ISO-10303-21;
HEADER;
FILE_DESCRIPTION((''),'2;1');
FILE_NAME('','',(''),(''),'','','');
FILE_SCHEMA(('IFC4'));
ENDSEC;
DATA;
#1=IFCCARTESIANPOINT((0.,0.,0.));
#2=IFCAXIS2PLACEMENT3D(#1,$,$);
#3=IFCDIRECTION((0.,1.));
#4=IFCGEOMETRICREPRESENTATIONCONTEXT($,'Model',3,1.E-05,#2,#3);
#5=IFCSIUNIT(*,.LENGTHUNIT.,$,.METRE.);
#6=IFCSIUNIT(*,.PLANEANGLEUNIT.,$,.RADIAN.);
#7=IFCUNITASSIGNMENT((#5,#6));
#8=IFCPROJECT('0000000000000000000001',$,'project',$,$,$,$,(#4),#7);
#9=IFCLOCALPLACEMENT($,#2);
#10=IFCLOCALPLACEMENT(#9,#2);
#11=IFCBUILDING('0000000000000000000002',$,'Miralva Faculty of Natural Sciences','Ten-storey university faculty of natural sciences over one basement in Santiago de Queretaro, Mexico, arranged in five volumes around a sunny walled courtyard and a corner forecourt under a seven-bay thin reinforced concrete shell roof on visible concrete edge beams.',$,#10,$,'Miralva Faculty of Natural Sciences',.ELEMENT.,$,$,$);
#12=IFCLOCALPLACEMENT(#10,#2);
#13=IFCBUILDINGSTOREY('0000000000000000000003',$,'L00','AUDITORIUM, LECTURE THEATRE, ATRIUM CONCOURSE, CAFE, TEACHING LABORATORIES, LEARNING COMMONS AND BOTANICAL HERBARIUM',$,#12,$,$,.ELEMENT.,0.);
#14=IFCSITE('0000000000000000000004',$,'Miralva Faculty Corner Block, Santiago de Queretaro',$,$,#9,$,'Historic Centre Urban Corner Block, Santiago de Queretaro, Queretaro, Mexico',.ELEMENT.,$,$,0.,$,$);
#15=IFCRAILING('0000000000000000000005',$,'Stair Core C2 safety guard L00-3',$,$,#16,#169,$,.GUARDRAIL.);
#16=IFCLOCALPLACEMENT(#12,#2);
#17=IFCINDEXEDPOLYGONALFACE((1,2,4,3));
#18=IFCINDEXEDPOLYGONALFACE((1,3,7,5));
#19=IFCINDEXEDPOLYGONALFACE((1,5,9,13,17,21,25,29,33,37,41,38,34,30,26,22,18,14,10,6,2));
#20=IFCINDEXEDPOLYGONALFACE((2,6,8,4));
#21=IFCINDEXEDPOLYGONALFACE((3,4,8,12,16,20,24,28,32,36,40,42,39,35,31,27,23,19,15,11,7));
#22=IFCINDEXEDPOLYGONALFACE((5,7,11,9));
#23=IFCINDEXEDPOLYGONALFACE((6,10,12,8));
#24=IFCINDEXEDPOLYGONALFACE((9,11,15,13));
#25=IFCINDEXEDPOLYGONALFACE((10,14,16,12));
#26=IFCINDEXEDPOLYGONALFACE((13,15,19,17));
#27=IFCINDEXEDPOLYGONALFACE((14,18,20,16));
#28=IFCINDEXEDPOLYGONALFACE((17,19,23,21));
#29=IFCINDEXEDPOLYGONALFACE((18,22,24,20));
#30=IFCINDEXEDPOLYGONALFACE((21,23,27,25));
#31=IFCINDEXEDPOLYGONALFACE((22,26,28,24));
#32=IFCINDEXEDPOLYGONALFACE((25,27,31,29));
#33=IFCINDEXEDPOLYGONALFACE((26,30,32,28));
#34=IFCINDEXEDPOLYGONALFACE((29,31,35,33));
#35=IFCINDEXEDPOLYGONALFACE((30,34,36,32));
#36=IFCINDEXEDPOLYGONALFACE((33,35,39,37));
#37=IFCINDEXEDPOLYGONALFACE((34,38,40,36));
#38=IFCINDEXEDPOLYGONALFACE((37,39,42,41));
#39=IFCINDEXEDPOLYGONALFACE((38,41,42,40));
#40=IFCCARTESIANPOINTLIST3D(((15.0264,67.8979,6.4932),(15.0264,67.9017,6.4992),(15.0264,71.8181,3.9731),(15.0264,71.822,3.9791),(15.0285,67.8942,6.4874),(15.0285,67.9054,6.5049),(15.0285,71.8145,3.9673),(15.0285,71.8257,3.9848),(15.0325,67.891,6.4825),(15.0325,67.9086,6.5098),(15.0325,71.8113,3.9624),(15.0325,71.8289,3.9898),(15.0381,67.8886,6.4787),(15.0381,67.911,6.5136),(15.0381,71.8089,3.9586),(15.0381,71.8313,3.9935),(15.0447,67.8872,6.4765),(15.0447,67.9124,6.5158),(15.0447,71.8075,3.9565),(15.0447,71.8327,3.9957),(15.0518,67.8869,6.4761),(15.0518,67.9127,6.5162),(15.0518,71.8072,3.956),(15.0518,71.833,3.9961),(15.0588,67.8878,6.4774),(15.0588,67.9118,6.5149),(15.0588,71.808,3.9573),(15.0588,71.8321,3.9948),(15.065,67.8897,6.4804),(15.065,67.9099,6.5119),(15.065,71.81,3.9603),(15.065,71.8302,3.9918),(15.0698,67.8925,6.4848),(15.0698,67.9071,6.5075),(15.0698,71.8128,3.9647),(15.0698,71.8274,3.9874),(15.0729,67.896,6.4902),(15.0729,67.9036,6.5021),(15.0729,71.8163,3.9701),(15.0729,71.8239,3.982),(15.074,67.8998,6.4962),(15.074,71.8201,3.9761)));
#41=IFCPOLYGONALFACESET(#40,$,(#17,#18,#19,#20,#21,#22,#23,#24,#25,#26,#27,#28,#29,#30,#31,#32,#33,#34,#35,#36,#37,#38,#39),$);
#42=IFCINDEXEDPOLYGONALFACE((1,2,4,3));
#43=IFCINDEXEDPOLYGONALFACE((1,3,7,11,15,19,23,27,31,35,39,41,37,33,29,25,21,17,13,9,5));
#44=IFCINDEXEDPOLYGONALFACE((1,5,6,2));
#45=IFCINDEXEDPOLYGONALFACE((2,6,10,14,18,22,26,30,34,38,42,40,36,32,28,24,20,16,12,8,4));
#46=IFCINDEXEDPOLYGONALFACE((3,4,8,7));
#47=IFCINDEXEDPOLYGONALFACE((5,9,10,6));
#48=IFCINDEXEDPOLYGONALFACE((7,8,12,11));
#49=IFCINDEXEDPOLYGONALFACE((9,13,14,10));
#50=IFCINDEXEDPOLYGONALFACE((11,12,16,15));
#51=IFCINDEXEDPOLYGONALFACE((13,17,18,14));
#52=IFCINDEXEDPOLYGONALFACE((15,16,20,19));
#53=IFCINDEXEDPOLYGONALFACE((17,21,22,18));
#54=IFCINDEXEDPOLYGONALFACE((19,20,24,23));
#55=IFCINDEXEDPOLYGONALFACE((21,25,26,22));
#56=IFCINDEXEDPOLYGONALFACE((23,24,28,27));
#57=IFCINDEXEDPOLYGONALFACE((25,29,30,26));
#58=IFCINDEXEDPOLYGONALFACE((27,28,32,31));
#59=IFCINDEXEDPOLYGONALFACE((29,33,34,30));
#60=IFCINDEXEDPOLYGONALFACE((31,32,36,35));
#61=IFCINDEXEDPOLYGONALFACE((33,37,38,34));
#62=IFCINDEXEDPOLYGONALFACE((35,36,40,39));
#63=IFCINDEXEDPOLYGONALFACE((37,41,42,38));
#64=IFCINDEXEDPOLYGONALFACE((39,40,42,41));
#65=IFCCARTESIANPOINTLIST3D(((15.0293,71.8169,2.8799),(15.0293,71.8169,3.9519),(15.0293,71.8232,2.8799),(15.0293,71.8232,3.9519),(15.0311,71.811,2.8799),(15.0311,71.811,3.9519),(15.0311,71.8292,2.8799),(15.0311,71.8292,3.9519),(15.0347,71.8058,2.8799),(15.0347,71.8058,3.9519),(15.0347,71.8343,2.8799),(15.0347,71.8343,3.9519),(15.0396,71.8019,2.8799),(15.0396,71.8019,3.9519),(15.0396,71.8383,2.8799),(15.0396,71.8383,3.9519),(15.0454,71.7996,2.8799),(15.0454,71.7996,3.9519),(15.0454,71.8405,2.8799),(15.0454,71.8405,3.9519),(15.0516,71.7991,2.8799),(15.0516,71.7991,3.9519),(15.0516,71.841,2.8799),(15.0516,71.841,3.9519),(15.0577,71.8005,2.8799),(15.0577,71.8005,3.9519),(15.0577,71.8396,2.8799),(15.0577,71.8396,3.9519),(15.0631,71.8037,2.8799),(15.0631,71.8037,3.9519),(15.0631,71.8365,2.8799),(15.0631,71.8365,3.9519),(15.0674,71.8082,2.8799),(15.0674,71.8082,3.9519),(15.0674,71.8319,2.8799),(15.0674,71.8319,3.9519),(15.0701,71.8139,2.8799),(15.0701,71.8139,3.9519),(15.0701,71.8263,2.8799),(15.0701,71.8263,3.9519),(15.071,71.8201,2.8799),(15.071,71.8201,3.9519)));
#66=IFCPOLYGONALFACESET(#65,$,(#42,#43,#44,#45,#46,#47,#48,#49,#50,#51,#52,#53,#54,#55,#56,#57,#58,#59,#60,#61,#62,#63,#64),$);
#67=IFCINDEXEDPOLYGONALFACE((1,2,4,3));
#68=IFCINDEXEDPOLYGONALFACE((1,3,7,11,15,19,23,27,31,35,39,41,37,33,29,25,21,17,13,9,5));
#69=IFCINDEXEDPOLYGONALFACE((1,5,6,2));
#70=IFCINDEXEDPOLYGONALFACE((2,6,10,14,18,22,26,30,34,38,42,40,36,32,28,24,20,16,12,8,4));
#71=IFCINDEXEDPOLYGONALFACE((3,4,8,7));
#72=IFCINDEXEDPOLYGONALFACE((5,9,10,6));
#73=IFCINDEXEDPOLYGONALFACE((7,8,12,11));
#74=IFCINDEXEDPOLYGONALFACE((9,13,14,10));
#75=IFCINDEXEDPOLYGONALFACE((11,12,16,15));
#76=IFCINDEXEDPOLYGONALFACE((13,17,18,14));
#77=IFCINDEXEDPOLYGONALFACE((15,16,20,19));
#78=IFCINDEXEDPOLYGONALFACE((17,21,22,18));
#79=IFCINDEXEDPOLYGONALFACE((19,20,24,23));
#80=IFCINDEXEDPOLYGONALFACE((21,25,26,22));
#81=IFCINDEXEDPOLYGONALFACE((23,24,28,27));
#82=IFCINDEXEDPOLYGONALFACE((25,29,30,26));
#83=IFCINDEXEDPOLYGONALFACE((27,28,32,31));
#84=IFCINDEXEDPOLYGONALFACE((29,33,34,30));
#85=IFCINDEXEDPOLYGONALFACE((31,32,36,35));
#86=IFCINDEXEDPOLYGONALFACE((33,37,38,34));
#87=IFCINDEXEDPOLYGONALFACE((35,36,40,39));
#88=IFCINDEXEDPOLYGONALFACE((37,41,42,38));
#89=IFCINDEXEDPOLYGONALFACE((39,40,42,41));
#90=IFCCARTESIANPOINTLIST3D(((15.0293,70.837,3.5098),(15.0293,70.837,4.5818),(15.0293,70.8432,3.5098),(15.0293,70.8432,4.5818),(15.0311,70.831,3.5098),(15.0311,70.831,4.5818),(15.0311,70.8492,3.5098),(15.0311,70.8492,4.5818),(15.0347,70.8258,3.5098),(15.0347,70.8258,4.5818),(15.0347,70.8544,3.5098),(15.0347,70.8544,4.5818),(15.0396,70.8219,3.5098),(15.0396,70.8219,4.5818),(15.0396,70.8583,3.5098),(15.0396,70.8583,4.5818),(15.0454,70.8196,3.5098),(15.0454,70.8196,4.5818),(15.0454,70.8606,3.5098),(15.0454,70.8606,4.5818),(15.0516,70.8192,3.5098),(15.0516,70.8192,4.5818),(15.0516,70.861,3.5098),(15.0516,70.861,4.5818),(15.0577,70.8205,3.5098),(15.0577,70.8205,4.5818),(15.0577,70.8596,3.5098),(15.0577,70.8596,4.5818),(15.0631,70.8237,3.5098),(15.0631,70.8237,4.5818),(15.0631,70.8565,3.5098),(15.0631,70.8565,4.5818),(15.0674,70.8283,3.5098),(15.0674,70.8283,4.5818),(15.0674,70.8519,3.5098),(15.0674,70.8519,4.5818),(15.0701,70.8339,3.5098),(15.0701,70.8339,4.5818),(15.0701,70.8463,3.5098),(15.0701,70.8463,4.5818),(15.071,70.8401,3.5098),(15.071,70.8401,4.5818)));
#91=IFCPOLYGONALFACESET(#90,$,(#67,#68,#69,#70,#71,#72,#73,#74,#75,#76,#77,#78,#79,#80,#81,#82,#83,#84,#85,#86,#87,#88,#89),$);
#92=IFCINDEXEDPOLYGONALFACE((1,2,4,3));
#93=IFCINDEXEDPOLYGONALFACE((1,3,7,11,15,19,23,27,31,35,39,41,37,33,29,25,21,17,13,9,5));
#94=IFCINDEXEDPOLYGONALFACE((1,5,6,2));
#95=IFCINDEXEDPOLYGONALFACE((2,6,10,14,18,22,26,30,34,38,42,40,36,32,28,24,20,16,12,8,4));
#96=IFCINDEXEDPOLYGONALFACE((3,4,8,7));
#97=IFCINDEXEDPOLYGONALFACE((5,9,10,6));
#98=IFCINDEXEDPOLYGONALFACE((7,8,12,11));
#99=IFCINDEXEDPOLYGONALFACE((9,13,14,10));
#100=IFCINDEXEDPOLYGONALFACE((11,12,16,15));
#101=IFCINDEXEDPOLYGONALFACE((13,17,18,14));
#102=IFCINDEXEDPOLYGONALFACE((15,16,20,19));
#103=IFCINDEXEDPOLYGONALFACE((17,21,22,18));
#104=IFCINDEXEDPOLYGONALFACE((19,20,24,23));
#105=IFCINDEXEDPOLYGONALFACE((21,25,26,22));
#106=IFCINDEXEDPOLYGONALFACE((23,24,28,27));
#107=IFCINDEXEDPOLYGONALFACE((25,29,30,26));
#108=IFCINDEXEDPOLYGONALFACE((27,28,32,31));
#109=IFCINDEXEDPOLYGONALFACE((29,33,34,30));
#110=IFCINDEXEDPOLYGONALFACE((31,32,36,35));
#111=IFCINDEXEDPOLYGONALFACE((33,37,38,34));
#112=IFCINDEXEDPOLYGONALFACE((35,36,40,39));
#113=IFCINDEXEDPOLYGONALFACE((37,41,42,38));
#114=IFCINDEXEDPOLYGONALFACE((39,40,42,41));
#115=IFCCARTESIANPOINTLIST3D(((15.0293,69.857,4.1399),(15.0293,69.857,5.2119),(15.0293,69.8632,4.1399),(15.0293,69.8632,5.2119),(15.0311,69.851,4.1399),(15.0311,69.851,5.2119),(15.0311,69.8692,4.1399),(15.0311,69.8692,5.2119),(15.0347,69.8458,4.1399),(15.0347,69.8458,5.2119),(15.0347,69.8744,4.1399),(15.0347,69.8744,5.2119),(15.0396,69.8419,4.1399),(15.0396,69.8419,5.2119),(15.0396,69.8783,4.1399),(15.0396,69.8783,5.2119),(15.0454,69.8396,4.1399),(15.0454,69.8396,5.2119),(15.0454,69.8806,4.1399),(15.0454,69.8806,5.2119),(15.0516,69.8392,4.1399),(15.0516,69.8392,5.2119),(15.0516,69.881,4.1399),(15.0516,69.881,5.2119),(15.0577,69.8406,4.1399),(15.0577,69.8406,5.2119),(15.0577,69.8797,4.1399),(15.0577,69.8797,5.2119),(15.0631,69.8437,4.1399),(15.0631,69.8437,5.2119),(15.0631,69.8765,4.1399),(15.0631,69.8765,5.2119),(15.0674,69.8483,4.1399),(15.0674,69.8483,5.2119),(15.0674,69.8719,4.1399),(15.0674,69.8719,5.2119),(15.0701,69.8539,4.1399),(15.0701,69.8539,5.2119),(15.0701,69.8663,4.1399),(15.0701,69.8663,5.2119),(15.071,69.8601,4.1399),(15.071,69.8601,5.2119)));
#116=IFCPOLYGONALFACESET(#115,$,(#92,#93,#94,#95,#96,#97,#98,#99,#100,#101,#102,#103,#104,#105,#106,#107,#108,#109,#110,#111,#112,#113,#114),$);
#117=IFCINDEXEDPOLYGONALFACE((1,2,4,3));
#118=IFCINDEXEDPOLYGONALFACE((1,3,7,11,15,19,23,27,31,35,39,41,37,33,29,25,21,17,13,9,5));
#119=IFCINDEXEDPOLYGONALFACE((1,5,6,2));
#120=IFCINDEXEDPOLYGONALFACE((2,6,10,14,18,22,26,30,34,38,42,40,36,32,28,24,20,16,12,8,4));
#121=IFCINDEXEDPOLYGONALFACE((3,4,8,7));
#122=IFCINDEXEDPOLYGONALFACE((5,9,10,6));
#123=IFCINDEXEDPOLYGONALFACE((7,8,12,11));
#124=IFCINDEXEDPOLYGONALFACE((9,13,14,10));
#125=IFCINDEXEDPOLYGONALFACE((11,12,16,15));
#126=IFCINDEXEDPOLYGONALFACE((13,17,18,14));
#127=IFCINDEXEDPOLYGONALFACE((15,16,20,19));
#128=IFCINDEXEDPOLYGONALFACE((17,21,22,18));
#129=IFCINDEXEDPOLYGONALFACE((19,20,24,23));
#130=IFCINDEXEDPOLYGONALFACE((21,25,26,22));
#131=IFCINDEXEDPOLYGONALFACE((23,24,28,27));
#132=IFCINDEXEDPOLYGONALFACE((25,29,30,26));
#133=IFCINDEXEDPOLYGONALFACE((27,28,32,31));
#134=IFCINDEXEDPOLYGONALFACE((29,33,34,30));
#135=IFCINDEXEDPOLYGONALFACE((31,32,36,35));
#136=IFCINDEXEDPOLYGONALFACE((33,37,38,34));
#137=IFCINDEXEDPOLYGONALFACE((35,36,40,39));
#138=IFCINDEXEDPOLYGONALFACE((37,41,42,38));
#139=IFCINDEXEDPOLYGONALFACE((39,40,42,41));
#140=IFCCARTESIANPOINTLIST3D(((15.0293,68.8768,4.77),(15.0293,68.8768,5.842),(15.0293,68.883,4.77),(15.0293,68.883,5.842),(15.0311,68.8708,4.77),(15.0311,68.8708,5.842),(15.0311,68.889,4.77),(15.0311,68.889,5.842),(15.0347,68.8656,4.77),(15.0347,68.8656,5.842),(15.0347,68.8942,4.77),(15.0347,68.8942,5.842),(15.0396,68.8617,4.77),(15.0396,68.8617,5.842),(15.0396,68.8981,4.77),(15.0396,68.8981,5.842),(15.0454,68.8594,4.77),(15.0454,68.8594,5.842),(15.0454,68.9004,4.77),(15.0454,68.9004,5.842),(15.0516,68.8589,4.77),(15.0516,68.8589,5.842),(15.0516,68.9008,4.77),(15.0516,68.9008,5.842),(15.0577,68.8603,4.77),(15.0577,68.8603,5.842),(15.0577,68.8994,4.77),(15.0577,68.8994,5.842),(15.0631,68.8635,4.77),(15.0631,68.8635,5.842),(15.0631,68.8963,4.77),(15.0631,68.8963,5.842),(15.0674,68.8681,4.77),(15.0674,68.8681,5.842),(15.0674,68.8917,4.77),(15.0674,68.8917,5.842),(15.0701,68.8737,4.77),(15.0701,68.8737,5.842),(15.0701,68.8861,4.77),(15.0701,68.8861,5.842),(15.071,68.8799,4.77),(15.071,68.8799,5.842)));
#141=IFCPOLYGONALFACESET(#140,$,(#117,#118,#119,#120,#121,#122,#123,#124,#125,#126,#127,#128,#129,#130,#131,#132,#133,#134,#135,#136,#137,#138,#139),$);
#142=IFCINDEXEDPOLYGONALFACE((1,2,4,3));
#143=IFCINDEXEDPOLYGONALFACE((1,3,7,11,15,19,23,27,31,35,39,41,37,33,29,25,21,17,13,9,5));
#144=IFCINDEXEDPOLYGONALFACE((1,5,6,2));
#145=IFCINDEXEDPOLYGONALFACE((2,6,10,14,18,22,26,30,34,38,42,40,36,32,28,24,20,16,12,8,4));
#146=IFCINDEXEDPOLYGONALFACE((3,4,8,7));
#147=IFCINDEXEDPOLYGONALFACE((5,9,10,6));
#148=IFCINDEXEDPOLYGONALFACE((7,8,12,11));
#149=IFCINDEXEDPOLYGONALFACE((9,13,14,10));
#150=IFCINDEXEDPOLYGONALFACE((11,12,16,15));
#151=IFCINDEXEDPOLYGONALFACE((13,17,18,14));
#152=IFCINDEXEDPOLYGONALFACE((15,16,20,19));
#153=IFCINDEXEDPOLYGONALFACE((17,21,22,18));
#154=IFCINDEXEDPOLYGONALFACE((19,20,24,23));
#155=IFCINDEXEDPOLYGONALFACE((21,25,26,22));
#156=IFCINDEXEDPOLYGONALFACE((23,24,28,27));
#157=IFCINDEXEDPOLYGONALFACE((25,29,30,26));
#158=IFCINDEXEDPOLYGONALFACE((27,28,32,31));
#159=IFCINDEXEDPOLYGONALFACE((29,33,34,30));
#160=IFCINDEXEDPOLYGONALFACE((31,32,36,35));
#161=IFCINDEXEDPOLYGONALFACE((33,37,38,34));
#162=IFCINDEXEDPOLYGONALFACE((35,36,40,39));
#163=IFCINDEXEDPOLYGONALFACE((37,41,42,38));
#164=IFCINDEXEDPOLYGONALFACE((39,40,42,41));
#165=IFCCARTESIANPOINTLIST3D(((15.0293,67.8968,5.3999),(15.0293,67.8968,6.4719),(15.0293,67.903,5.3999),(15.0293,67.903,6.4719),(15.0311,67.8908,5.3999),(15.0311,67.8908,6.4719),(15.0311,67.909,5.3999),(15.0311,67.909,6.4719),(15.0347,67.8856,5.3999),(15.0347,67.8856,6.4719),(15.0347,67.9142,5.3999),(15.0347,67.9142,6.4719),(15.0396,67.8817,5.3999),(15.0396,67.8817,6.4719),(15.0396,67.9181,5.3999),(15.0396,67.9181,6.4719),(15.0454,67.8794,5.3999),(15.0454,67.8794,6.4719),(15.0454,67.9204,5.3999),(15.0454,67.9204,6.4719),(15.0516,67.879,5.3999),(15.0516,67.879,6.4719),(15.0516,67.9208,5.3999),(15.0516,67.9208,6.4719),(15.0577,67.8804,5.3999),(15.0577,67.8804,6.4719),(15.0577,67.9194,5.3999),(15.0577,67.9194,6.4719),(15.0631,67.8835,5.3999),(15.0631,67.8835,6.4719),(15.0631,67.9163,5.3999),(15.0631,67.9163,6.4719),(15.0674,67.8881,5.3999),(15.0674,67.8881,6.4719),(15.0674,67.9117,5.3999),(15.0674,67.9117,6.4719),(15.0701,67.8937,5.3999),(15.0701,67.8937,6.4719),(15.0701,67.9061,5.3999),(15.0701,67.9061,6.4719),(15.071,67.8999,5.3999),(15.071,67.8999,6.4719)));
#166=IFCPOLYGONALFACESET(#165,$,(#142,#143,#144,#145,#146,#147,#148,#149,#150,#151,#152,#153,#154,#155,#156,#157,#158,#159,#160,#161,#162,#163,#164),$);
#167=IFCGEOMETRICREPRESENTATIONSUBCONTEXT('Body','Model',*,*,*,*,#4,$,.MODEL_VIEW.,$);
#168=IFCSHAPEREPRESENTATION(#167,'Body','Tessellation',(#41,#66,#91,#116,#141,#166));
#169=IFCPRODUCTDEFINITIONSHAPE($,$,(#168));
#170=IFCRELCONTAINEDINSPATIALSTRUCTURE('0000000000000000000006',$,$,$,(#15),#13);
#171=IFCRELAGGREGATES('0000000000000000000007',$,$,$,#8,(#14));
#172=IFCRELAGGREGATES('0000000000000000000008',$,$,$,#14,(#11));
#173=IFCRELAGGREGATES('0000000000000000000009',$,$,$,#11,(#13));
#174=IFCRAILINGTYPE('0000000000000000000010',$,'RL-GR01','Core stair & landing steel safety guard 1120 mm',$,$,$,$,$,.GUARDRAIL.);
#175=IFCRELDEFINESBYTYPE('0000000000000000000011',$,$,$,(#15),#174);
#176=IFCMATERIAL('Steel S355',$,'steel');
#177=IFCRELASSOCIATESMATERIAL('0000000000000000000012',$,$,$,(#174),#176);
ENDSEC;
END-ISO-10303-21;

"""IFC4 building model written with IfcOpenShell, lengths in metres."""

from ifc_helpers import new_model, si_unit, direction, frame, origin, origin_2d, place, context, subcontext, project, spatial, circle, extrude, material, type_object, element, save


model = new_model("IFC4")

# Units and contexts
model_context = context("Model", 3, precision=1e-05, world=origin(), true_north=direction((0.0, 1.0)))
body_context = subcontext(model_context, "Body", "Model", "MODEL_VIEW")
ifc_project = project(units=[si_unit("LENGTHUNIT", "METRE"), si_unit("PLANEANGLEUNIT", "RADIAN")], contexts=[model_context])

# Site, building, storey
site_placement = place(None, origin())
site = spatial("IfcSite", under=ifc_project, at=site_placement, Name="Miralva Faculty Corner Block, Santiago de Queretaro", LongName="Historic Centre Urban Corner Block, Santiago de Queretaro, Queretaro, Mexico", CompositionType="ELEMENT", RefElevation=0.0)
building_placement = place(site_placement, origin())
building = spatial("IfcBuilding", under=site, at=building_placement, Name="Miralva Faculty of Natural Sciences", Description="Ten-storey university faculty of natural sciences over one basement in Santiago de Queretaro, Mexico, arranged in five volumes around a sunny walled courtyard and a corner forecourt under a seven-bay thin reinforced concrete shell roof on visible concrete edge beams.", LongName="Miralva Faculty of Natural Sciences", CompositionType="ELEMENT")
storey_placement = place(building_placement, origin())
storey = spatial("IfcBuildingStorey", under=building, at=storey_placement, Name="L00", Description="AUDITORIUM, LECTURE THEATRE, ATRIUM CONCOURSE, CAFE, TEACHING LABORATORIES, LEARNING COMMONS AND BOTANICAL HERBARIUM", CompositionType="ELEMENT", Elevation=0.0)

# Railing
ifc_material_1 = material(Name="Steel S355", Category="steel")
railing_type_1 = type_object("IfcRailingType", Name="RL-GR01", Description="Core stair & landing steel safety guard 1120 mm", PredefinedType="GUARDRAIL", material=ifc_material_1)
railing_1_placement = place(storey_placement, frame((15.05, 71.8201, 2.8799)))
element("IfcRailing", 1, at=railing_1_placement, inside=storey, type_object=railing_type_1, Name="Stair Core C2 safety guard L00-3", PredefinedType="GUARDRAIL", context=body_context, shape_type="SweptSolid", body=[
    extrude(circle(Radius=0.0239, at=origin_2d()), frame((0.0, 0.0, 1.0962), z_axis=(0.0, -0.841187, 0.540744), x_axis=(1.0, 0.0, 0.0)), (0.0, 0.0, 1.0), 4.6604),
    extrude(circle(Radius=0.021, at=origin_2d()), origin(), (0.0, 0.0, 1.0), 1.072),
    extrude(circle(Radius=0.021, at=origin_2d()), frame((0.0, -0.98, 0.6299)), (0.0, 0.0, 1.0), 1.072),
    extrude(circle(Radius=0.021, at=origin_2d()), frame((0.0, -1.96, 1.26)), (0.0, 0.0, 1.0), 1.072),
    extrude(circle(Radius=0.021, at=origin_2d()), frame((0.0, -2.9402, 1.8901)), (0.0, 0.0, 1.0), 1.072),
    extrude(circle(Radius=0.021, at=origin_2d()), frame((0.0, -3.9202, 2.52)), (0.0, 0.0, 1.0), 1.072),
])

save(model, "model.ifc")
